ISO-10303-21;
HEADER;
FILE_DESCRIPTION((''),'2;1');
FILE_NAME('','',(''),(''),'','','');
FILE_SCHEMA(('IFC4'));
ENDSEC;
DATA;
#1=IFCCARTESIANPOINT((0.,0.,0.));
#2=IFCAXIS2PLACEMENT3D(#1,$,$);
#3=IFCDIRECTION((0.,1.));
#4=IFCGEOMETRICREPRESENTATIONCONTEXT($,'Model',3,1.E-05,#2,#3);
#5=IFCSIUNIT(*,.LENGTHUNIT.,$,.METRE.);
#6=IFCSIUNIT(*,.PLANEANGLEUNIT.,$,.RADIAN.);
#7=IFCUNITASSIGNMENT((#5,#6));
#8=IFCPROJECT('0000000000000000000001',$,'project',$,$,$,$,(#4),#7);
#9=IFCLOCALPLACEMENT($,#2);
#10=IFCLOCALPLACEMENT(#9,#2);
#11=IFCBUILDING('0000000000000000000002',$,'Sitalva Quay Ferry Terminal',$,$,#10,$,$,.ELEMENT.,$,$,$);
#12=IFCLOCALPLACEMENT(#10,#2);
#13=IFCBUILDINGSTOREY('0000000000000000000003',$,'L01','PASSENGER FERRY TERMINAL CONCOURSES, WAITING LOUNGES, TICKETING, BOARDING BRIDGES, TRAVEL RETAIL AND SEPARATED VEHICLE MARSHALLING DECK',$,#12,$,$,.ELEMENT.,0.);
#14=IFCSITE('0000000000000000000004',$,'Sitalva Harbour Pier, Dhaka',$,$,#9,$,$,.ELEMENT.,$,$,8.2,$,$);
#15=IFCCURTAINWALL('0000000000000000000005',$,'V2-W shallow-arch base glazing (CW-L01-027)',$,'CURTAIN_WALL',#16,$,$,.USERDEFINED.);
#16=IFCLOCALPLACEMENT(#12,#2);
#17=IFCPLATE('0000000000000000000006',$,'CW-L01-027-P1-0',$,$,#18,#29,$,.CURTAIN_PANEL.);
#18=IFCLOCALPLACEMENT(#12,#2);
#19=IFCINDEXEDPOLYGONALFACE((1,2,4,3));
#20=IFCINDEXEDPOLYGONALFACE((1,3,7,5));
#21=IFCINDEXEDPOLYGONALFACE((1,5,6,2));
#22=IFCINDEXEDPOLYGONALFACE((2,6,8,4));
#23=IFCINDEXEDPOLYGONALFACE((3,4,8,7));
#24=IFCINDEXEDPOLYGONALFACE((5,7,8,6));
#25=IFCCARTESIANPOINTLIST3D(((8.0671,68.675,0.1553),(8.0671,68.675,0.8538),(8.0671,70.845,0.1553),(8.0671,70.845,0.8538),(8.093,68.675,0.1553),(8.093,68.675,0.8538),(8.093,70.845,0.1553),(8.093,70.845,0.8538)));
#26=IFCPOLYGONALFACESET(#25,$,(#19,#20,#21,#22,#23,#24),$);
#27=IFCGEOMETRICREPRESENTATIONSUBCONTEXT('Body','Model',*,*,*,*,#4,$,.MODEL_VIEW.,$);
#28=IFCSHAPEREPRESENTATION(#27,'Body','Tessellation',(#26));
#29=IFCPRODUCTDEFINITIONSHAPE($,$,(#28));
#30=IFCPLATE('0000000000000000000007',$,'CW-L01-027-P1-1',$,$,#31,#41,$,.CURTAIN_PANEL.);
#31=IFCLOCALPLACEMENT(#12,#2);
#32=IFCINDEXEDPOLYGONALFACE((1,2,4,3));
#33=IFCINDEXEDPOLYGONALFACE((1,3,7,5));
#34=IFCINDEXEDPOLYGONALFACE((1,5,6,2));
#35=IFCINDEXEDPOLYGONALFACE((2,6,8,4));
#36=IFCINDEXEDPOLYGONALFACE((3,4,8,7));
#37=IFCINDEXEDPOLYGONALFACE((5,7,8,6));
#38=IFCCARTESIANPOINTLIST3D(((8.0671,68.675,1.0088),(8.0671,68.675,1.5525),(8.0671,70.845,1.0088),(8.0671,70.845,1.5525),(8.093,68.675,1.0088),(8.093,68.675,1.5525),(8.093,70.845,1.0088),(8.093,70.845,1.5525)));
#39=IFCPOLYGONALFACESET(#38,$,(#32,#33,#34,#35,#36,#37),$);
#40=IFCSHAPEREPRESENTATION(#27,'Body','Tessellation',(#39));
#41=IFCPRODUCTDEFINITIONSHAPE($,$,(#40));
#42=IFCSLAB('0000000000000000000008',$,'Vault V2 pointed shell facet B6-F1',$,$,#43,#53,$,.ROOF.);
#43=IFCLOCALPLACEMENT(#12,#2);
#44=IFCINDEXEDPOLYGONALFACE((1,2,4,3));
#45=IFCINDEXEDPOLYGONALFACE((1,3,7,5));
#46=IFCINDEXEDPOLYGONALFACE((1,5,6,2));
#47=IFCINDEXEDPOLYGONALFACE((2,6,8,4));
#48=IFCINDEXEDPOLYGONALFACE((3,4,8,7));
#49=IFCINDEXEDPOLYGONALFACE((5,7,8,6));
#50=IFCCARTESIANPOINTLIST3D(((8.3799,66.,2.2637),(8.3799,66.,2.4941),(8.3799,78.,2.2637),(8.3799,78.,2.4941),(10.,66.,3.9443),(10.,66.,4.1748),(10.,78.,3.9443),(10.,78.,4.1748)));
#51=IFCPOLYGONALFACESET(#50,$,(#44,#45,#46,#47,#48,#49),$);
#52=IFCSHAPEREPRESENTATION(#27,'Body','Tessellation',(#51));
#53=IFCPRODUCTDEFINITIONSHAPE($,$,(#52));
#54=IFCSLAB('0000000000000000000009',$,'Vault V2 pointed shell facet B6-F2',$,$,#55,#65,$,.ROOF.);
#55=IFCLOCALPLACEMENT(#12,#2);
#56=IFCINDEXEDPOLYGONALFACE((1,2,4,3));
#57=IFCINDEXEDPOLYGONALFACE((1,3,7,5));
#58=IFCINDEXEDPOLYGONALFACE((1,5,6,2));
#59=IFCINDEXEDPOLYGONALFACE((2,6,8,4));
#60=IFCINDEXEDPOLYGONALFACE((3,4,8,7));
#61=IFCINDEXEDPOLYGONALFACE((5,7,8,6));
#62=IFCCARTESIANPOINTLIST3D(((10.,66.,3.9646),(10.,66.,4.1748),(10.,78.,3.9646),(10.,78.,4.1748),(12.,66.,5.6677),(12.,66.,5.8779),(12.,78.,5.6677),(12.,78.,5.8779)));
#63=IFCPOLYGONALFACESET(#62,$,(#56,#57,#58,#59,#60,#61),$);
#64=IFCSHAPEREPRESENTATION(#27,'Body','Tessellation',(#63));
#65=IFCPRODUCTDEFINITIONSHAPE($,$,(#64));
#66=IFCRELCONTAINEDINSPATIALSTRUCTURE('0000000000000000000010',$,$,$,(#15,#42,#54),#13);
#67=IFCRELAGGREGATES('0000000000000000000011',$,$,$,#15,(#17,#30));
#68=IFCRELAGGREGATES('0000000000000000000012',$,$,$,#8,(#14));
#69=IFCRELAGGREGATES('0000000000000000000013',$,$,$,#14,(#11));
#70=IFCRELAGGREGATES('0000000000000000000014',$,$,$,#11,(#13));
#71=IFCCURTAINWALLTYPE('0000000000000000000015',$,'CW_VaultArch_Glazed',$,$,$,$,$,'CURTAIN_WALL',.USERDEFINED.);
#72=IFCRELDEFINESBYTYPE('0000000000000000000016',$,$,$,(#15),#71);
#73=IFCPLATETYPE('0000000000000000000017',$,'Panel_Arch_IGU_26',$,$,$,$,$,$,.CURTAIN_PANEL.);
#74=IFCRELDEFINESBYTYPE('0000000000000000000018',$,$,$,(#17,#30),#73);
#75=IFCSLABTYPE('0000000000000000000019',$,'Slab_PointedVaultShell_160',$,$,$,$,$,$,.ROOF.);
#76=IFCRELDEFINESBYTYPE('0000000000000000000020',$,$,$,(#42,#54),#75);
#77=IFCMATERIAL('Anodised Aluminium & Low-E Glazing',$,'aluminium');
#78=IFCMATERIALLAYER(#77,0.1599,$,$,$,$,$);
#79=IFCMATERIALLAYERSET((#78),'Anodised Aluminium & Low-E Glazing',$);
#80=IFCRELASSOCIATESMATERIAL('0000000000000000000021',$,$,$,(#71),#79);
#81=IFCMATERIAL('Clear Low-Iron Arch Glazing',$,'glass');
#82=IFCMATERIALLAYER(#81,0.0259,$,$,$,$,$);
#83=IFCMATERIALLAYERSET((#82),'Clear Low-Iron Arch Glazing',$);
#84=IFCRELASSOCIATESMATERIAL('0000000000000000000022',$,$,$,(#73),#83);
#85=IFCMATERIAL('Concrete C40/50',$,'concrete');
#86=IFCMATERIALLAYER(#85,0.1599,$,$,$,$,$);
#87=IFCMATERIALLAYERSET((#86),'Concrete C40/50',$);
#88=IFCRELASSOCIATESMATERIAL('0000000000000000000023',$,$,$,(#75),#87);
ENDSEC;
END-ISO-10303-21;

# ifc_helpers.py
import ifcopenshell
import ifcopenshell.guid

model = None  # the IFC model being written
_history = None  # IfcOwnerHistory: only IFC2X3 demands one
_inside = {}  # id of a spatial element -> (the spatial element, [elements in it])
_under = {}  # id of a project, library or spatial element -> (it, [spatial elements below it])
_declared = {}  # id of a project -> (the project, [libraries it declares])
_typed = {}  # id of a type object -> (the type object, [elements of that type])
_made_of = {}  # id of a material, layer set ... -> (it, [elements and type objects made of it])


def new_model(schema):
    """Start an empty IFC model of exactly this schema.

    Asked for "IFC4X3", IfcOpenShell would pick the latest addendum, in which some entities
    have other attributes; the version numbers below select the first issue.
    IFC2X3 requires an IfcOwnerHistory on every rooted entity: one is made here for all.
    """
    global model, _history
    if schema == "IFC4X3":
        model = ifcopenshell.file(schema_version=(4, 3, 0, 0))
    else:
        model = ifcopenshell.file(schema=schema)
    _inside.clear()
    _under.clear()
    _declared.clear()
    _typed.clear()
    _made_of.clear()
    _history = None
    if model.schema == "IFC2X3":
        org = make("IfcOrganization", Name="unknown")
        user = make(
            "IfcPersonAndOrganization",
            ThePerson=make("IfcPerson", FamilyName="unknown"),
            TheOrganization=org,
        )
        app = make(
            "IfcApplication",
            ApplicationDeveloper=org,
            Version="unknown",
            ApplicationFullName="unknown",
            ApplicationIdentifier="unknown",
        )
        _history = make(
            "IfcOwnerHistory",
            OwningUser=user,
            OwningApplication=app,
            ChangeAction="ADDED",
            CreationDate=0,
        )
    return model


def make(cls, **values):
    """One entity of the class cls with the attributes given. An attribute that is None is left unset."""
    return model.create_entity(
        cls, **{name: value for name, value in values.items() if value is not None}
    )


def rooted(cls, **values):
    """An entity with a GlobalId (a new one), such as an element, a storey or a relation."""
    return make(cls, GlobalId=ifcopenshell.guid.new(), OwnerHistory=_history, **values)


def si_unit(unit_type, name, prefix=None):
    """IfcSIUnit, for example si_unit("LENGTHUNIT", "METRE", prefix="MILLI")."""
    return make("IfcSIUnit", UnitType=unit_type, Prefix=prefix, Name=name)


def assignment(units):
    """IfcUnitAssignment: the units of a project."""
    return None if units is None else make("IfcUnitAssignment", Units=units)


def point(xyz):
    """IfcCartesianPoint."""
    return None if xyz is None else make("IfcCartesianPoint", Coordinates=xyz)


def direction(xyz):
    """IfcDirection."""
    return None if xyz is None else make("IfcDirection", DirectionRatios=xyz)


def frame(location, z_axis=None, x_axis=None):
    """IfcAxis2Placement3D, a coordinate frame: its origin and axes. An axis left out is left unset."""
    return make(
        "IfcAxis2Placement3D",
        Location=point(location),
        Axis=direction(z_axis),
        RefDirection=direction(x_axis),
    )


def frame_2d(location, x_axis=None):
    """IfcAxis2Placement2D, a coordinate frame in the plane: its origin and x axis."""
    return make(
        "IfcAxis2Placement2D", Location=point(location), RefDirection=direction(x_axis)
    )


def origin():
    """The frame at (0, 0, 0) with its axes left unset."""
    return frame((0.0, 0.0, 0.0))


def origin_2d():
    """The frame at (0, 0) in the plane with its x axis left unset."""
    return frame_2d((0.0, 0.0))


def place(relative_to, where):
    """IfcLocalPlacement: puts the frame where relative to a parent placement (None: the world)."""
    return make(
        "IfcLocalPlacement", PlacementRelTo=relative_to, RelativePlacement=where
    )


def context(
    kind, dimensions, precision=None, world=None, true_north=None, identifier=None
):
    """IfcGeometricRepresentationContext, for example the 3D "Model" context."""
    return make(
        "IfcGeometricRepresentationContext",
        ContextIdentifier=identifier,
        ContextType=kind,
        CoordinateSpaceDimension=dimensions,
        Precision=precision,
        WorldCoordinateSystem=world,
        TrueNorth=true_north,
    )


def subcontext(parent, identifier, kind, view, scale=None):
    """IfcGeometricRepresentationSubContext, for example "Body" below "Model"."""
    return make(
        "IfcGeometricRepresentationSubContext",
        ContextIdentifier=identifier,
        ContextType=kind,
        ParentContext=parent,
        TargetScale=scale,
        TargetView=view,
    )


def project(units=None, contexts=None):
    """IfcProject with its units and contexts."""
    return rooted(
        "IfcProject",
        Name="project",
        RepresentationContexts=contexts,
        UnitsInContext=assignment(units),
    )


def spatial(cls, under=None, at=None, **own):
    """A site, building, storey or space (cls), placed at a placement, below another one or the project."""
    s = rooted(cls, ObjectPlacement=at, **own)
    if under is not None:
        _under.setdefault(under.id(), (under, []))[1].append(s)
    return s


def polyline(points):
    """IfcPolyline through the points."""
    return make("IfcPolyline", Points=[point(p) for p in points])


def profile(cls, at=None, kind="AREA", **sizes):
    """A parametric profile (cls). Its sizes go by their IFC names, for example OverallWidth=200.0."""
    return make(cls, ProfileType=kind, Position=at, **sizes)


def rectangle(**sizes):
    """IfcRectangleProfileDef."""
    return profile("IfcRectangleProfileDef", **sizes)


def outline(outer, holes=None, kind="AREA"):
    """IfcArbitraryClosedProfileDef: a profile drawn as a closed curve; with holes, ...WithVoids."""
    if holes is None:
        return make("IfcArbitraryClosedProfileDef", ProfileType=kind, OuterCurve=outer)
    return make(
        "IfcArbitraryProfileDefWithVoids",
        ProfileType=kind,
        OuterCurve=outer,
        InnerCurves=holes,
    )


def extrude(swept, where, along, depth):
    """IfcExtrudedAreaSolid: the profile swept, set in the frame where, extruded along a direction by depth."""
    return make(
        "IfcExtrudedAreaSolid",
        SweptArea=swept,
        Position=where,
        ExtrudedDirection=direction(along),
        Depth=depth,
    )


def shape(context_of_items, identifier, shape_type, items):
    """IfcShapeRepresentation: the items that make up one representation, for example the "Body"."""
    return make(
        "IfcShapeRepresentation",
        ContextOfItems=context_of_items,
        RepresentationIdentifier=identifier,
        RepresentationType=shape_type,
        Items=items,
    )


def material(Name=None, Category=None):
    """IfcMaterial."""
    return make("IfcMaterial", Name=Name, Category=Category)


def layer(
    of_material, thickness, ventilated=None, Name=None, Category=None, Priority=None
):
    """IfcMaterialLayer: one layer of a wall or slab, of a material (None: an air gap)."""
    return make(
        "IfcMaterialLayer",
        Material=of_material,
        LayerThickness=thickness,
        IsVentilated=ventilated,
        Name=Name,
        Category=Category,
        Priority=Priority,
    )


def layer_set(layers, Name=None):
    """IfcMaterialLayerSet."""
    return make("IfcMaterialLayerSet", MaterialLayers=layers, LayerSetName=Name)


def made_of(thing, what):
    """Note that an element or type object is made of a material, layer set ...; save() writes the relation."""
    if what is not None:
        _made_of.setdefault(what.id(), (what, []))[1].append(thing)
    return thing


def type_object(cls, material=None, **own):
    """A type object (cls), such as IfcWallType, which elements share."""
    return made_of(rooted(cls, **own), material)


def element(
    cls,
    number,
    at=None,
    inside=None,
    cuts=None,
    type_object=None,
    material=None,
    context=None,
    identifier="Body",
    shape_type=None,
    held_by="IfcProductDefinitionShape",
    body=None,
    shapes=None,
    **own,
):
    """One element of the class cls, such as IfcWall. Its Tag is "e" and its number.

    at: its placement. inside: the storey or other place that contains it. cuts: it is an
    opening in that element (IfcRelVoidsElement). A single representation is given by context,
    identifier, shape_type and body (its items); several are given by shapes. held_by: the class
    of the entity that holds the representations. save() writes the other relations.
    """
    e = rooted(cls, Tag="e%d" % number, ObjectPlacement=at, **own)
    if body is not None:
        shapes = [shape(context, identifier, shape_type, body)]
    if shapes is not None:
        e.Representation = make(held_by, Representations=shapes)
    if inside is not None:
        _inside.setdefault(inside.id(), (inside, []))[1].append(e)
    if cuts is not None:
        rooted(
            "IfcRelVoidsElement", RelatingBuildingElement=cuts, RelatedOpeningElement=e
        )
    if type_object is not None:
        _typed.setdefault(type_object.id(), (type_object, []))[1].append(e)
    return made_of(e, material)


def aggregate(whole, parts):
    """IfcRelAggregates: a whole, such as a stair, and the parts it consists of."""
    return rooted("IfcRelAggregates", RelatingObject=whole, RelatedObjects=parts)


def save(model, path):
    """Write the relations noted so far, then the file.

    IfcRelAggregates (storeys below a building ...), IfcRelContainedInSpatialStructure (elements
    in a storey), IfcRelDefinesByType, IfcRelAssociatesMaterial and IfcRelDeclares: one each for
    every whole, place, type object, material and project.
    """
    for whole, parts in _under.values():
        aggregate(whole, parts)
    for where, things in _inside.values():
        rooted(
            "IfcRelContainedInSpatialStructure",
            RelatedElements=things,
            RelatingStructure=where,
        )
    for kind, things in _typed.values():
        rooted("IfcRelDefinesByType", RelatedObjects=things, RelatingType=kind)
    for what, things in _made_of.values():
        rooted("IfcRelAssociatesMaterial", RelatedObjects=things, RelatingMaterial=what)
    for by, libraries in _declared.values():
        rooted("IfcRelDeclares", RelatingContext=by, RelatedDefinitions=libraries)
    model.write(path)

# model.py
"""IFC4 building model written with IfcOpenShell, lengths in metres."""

from ifc_helpers import new_model, si_unit, direction, frame, origin, origin_2d, place, context, subcontext, project, spatial, polyline, rectangle, outline, extrude, material, layer, layer_set, type_object, element, aggregate, save


model = new_model("IFC4")

# Units and contexts
model_context = context("Model", 3, precision=1e-05, world=origin(), true_north=direction((0.0, 1.0)))
body_context = subcontext(model_context, "Body", "Model", "MODEL_VIEW")
ifc_project = project(units=[si_unit("LENGTHUNIT", "METRE"), si_unit("PLANEANGLEUNIT", "RADIAN")], contexts=[model_context])

# Site, building, storey
site_placement = place(None, origin())
site = spatial("IfcSite", under=ifc_project, at=site_placement, Name="Sitalva Harbour Pier, Dhaka", CompositionType="ELEMENT", RefElevation=8.2)
building_placement = place(site_placement, origin())
building = spatial("IfcBuilding", under=site, at=building_placement, Name="Sitalva Quay Ferry Terminal", CompositionType="ELEMENT")
storey_placement = place(building_placement, origin())
storey = spatial("IfcBuildingStorey", under=building, at=storey_placement, Name="L01", Description="PASSENGER FERRY TERMINAL CONCOURSES, WAITING LOUNGES, TICKETING, BOARDING BRIDGES, TRAVEL RETAIL AND SEPARATED VEHICLE MARSHALLING DECK", CompositionType="ELEMENT", Elevation=0.0)

# Curtain wall, plates
ifc_material_1 = material(Name="Anodised Aluminium & Low-E Glazing", Category="aluminium")
ifc_layer_1 = layer(ifc_material_1, 0.1599)
ifc_layer_set_1 = layer_set([ifc_layer_1], Name="Anodised Aluminium & Low-E Glazing")
curtain_wall_type = type_object("IfcCurtainWallType", Name="CW_VaultArch_Glazed", ElementType="CURTAIN_WALL", PredefinedType="USERDEFINED", material=ifc_layer_set_1)
curtain_wall_placement = place(storey_placement, origin())
curtain_wall = element("IfcCurtainWall", 1, at=curtain_wall_placement, inside=storey, type_object=curtain_wall_type, Name="V2-W shallow-arch base glazing (CW-L01-027)", ObjectType="CURTAIN_WALL", PredefinedType="USERDEFINED")
ifc_material_2 = material(Name="Clear Low-Iron Arch Glazing", Category="glass")
ifc_layer_2 = layer(ifc_material_2, 0.0259)
ifc_layer_set_2 = layer_set([ifc_layer_2], Name="Clear Low-Iron Arch Glazing")
plate_type = type_object("IfcPlateType", Name="Panel_Arch_IGU_26", PredefinedType="CURTAIN_PANEL", material=ifc_layer_set_2)
plate_1_placement = place(storey_placement, frame((8.0801, 69.76, 0.1553), z_axis=(0.0, 0.0, 1.0), x_axis=(0.0, 1.0, 0.0)))
plate_1 = element("IfcPlate", 2, at=plate_1_placement, type_object=plate_type, Name="CW-L01-027-P1-0", PredefinedType="CURTAIN_PANEL", context=body_context, shape_type="SweptSolid", body=[
    extrude(rectangle(XDim=2.1699, YDim=0.0259, at=origin_2d()), origin(), (0.0, 0.0, 1.0), 0.6985),
])
plate_2_placement = place(storey_placement, frame((8.0801, 69.76, 1.0088), z_axis=(0.0, 0.0, 1.0), x_axis=(0.0, 1.0, 0.0)))
plate_2 = element("IfcPlate", 3, at=plate_2_placement, type_object=plate_type, Name="CW-L01-027-P1-1", PredefinedType="CURTAIN_PANEL", context=body_context, shape_type="SweptSolid", body=[
    extrude(rectangle(XDim=2.1699, YDim=0.0259, at=origin_2d()), origin(), (0.0, 0.0, 1.0), 0.5437),
])
aggregate(curtain_wall, [plate_1, plate_2])

# Slabs
ifc_material_3 = material(Name="Concrete C40/50", Category="concrete")
ifc_layer_3 = layer(ifc_material_3, 0.1599)
ifc_layer_set_3 = layer_set([ifc_layer_3], Name="Concrete C40/50")
slab_type = type_object("IfcSlabType", Name="Slab_PointedVaultShell_160", PredefinedType="ROOF", material=ifc_layer_set_3)
slab_1_placement = place(storey_placement, frame((8.3799, 66.0, 2.4941), z_axis=(-0.719956, 0.0, 0.694019), x_axis=(0.694019, 0.0, 0.719956)))
element("IfcSlab", 4, at=slab_1_placement, inside=storey, type_object=slab_type, Name="Vault V2 pointed shell facet B6-F1", PredefinedType="ROOF", context=body_context, shape_type="SweptSolid", body=[
    extrude(outline(polyline([(0.0, 0.0), (2.3344, 0.0), (2.3344, 12.0), (0.0, 12.0), (0.0, 0.0)])), origin(), (-0.719956, 0.0, -0.694019), 0.2305),
])
slab_2_placement = place(storey_placement, frame((10.0, 66.0, 4.1748), z_axis=(-0.648339, 0.0, 0.761352), x_axis=(0.761352, 0.0, 0.648339)))
element("IfcSlab", 5, at=slab_2_placement, inside=storey, type_object=slab_type, Name="Vault V2 pointed shell facet B6-F2", PredefinedType="ROOF", context=body_context, shape_type="SweptSolid", body=[
    extrude(outline(polyline([(0.0, 0.0), (2.6269, 0.0), (2.6269, 12.0), (0.0, 12.0), (0.0, 0.0)])), origin(), (-0.648339, 0.0, -0.761352), 0.2102),
])

save(model, "model.ifc")
